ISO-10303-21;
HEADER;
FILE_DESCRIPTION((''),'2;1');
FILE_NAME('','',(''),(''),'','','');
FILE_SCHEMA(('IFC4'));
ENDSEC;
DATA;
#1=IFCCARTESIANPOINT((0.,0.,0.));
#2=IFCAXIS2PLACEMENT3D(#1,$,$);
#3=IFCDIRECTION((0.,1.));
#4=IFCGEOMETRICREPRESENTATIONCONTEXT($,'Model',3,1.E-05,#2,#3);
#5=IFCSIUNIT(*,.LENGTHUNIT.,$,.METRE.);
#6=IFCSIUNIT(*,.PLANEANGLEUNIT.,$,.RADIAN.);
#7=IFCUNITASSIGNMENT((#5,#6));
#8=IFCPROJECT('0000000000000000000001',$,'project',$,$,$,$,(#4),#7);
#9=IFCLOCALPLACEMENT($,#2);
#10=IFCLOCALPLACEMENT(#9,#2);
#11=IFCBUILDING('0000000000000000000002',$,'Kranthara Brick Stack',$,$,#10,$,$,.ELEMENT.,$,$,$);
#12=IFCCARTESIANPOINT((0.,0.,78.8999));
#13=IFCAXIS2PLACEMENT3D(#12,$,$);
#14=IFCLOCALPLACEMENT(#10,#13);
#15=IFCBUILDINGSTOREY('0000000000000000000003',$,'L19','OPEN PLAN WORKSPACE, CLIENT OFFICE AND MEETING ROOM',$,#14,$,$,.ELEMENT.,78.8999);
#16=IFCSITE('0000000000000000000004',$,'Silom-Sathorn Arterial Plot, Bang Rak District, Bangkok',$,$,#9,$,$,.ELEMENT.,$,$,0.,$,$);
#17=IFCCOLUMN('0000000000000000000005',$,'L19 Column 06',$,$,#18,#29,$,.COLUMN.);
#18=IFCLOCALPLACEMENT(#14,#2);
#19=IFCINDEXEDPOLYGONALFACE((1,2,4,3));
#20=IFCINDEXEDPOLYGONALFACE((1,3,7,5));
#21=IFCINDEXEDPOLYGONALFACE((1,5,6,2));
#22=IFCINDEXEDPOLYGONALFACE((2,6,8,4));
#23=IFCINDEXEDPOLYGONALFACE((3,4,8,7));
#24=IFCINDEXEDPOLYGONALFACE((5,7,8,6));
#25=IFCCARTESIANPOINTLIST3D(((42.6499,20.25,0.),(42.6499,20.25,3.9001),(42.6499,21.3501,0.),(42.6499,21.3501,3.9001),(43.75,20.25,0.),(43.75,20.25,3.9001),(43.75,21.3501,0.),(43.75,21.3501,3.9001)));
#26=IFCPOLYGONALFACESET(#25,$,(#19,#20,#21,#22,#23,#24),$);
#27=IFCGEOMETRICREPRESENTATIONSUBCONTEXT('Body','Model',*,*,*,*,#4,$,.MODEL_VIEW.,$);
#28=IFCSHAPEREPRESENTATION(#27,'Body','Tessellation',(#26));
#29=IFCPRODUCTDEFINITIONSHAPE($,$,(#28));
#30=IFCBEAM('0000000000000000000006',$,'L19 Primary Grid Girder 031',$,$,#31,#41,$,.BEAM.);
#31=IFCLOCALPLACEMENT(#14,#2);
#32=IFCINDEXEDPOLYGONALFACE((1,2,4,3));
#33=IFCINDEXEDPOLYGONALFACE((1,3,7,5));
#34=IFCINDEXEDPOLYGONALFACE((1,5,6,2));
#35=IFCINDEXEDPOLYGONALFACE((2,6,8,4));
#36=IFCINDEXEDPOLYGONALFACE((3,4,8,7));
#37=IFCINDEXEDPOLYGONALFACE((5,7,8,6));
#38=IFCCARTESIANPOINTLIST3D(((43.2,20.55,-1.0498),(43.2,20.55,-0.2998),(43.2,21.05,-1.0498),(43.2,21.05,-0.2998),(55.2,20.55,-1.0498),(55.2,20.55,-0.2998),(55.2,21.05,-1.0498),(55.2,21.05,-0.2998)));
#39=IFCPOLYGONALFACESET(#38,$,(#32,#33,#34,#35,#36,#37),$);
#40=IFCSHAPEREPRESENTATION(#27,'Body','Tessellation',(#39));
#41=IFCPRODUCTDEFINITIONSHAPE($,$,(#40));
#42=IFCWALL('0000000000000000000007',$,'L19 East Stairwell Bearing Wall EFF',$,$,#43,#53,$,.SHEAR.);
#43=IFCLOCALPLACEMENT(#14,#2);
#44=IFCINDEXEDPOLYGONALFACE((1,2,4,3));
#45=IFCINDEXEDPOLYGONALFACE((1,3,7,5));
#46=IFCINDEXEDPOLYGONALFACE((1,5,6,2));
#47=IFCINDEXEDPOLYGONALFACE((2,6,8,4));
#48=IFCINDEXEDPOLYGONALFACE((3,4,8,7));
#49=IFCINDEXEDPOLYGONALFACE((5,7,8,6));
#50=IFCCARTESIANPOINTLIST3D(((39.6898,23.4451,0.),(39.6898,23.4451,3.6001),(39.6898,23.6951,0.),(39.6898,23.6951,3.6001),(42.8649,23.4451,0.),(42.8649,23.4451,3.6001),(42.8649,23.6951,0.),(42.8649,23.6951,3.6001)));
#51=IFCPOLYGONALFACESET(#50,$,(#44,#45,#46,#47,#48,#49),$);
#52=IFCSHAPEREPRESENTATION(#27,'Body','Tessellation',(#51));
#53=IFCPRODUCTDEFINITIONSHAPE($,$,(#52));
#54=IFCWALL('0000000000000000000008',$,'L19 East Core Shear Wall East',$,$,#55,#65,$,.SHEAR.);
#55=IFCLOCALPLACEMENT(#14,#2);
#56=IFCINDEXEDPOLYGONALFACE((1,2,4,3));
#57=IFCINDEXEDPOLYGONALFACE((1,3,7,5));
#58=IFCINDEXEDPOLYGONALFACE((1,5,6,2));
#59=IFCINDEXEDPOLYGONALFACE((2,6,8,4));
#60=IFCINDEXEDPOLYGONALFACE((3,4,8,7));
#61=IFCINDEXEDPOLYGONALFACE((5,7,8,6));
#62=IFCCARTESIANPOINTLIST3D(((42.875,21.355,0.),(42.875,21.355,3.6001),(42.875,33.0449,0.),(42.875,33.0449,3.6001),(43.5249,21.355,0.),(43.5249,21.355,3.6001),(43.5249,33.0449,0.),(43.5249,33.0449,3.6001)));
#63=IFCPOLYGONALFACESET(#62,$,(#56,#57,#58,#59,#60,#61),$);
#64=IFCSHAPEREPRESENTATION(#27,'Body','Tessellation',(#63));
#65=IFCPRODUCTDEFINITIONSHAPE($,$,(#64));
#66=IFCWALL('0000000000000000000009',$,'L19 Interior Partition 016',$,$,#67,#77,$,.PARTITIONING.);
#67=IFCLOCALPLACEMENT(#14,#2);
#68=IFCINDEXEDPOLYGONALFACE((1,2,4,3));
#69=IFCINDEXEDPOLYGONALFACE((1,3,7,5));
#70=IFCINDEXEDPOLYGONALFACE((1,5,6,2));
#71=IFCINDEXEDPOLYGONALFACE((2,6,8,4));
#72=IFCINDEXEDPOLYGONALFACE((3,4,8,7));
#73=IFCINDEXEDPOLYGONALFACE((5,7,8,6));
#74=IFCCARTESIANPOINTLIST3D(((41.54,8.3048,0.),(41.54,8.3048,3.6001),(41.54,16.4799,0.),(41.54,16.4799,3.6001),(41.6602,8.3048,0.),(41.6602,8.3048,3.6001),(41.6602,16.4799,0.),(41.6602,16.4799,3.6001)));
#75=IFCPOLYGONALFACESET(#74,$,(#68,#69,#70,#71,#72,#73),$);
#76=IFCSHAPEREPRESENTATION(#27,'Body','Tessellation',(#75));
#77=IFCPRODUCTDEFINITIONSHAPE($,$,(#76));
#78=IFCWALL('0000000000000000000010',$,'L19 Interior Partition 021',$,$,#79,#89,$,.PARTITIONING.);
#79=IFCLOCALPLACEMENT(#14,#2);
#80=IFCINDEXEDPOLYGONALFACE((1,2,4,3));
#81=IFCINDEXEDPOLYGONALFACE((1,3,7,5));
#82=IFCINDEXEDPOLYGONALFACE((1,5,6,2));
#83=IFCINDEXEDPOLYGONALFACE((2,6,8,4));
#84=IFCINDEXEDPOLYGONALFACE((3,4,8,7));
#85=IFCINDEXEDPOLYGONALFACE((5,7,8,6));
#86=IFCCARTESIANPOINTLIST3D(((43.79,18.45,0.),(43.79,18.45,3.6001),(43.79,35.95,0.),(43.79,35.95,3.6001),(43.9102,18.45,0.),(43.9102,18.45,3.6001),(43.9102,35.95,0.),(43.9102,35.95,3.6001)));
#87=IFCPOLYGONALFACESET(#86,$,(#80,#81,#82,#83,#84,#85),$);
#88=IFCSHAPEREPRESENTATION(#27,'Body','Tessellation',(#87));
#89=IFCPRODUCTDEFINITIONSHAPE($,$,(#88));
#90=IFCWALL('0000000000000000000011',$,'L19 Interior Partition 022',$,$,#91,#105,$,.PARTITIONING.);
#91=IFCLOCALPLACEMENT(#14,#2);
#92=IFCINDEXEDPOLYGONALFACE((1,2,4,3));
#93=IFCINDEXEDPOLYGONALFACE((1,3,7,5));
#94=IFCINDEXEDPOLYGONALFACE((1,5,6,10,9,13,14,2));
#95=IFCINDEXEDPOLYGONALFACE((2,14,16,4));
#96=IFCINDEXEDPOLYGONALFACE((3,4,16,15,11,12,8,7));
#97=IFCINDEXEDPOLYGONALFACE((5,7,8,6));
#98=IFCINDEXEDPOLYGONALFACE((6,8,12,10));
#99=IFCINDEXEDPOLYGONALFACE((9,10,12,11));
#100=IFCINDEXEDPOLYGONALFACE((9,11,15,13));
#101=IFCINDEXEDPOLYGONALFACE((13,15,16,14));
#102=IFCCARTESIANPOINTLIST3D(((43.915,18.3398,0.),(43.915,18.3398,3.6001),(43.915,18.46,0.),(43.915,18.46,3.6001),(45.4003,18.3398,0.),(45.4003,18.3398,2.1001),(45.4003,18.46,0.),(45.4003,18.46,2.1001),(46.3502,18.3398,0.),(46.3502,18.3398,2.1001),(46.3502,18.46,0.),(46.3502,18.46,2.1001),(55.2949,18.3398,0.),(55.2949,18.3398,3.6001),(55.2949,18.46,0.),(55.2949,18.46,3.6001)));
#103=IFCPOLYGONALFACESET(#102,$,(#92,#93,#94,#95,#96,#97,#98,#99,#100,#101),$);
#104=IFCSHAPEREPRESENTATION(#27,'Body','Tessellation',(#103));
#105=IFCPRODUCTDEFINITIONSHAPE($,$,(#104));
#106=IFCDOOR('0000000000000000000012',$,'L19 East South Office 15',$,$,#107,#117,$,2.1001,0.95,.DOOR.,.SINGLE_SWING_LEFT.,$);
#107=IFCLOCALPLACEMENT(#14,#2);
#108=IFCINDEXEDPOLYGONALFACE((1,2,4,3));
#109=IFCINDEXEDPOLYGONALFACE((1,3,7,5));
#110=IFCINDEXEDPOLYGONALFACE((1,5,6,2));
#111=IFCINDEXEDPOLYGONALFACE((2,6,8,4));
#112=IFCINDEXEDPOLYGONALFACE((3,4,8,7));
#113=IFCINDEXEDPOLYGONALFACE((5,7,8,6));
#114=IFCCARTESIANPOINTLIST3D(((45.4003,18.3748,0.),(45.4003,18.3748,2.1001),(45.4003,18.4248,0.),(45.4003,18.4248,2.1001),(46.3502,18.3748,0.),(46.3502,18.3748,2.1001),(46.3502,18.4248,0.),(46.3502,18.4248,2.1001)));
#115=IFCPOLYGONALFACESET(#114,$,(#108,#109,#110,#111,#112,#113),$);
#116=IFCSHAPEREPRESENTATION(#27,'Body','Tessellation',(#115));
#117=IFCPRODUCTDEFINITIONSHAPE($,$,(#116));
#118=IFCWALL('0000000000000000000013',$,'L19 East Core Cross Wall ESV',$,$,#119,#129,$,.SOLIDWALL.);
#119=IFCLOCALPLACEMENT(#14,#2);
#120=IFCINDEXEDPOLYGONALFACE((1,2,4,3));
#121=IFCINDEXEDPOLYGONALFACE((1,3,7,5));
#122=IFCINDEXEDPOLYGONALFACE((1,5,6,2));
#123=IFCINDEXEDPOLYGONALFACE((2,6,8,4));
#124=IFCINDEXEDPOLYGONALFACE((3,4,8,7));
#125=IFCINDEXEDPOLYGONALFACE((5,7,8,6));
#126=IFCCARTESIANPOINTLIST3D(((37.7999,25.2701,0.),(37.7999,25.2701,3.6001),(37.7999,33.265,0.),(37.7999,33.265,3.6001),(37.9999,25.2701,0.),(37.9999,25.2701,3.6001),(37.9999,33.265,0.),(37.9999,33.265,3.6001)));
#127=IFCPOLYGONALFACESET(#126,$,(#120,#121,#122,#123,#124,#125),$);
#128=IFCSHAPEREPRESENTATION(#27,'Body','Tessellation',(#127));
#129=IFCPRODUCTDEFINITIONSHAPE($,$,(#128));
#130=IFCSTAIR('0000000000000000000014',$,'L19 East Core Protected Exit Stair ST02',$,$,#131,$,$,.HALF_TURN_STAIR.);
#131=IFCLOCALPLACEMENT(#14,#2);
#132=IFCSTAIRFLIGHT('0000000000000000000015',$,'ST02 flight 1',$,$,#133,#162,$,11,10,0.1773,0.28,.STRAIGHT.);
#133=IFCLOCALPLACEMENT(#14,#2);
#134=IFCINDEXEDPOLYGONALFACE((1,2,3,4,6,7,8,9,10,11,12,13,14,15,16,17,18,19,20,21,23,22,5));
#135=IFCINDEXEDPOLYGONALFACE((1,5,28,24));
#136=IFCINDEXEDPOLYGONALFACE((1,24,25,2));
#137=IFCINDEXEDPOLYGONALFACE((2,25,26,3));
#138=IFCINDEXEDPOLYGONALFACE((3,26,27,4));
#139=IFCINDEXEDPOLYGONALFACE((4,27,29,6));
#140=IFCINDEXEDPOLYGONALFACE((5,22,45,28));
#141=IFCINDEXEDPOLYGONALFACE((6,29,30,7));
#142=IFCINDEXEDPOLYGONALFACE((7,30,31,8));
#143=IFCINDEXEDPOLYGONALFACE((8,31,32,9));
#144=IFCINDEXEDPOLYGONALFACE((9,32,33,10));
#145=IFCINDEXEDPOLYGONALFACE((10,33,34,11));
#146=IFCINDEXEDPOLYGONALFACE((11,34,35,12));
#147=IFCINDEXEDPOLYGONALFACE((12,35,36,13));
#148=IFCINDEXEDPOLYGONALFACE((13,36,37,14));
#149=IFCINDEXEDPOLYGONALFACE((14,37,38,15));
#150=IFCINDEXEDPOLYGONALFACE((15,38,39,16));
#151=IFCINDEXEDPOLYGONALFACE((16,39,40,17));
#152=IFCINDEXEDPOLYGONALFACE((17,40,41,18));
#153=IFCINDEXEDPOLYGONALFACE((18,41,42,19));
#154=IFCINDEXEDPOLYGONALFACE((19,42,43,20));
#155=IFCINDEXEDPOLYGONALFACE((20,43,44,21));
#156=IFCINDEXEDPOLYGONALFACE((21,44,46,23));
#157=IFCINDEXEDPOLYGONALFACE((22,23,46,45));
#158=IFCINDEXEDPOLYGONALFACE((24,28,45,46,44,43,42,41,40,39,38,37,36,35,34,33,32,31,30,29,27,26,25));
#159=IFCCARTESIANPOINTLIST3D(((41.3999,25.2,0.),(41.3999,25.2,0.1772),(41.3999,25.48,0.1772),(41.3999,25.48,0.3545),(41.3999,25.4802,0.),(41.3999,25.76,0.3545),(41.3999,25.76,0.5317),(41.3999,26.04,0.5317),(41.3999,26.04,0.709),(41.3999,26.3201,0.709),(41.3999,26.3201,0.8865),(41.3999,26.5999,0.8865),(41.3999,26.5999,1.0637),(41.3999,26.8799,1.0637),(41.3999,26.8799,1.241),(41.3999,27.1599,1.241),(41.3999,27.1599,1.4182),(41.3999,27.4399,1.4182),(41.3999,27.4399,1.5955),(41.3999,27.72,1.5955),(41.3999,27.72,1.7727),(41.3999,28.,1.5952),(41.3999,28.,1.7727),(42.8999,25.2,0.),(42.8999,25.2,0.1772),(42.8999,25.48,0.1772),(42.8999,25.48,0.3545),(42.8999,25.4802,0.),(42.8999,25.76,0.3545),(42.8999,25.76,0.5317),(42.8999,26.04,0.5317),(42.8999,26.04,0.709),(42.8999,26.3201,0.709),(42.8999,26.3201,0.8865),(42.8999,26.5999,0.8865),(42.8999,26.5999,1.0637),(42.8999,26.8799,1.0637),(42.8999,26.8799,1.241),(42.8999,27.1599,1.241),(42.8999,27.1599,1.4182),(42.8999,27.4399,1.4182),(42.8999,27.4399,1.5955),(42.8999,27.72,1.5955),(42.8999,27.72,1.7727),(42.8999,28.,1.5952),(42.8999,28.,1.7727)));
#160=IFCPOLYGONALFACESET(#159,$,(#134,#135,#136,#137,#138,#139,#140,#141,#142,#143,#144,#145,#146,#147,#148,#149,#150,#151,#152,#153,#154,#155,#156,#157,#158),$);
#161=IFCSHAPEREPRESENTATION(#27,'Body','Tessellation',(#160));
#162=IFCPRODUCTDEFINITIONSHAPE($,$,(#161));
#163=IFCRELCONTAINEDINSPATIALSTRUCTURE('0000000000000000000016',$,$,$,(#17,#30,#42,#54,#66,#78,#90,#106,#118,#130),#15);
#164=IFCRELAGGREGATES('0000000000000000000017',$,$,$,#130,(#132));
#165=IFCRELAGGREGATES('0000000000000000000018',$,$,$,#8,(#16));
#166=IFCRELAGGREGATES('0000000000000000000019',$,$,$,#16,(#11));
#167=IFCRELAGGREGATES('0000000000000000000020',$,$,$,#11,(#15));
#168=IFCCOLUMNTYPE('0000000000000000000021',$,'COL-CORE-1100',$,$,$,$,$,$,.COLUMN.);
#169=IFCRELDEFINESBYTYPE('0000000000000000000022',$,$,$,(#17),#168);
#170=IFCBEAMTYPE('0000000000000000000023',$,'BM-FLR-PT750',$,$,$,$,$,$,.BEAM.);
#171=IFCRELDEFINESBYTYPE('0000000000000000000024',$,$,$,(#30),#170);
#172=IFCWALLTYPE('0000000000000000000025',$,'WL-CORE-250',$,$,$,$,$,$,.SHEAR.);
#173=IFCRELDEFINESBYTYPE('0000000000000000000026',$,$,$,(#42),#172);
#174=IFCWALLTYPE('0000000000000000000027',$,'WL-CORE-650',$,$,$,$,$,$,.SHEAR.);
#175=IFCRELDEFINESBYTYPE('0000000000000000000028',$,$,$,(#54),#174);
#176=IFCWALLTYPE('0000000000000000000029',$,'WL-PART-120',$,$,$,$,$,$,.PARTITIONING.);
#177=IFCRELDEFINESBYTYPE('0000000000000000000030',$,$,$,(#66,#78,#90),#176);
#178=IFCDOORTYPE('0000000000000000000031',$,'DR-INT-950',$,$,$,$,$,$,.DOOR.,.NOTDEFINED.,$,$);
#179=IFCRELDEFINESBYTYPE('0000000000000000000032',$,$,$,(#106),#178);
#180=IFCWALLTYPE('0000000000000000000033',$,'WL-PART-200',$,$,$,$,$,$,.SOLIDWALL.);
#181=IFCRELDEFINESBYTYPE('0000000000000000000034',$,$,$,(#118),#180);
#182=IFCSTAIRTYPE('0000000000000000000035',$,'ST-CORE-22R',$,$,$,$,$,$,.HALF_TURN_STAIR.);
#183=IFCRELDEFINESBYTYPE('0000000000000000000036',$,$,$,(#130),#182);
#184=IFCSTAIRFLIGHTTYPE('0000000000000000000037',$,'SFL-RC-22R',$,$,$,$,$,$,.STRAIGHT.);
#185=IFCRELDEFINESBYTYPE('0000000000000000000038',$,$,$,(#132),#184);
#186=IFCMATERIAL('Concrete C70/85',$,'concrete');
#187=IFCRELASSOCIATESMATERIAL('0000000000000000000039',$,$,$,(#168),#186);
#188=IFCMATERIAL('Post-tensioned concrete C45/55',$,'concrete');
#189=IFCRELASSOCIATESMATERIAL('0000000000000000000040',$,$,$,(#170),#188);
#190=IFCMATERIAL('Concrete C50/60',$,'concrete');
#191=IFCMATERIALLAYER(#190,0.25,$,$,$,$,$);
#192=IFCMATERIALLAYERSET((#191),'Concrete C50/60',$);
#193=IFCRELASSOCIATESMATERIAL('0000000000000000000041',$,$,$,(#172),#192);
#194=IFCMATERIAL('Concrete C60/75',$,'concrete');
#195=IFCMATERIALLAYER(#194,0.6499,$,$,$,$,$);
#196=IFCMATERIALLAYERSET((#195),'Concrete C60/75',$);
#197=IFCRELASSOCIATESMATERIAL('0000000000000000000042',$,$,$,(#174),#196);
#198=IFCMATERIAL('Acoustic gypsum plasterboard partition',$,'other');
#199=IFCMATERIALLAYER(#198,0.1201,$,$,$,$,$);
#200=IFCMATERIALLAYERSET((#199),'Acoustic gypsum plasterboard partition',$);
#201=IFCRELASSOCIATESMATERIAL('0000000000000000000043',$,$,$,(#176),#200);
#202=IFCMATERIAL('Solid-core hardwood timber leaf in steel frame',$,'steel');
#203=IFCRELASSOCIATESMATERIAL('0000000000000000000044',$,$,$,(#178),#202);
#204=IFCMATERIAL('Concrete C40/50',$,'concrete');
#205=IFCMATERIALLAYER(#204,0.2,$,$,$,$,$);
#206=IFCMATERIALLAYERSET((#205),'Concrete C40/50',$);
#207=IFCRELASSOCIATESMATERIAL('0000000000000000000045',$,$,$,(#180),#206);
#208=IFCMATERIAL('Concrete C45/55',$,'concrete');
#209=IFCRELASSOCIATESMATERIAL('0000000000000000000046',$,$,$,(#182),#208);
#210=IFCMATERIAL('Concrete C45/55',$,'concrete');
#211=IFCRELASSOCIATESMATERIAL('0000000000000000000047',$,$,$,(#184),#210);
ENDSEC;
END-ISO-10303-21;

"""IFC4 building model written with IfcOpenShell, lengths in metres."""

from ifc_helpers import new_model, si_unit, direction, frame, frame_2d, origin, origin_2d, place, context, subcontext, project, spatial, polyline, rectangle, outline, extrude, material, layer, layer_set, material_profile, profile_set, type_object, element, fill, aggregate, save


model = new_model("IFC4")

# Units and contexts
model_context = context("Model", 3, precision=1e-05, world=origin(), true_north=direction((0.0, 1.0)))
body_context = subcontext(model_context, "Body", "Model", "MODEL_VIEW")
ifc_project = project(units=[si_unit("LENGTHUNIT", "METRE"), si_unit("PLANEANGLEUNIT", "RADIAN")], contexts=[model_context])

# Site, building, storey
site_placement = place(None, origin())
site = spatial("IfcSite", under=ifc_project, at=site_placement, Name="Silom-Sathorn Arterial Plot, Bang Rak District, Bangkok", CompositionType="ELEMENT", RefElevation=0.0)
building_placement = place(site_placement, origin())
building = spatial("IfcBuilding", under=site, at=building_placement, Name="Kranthara Brick Stack", CompositionType="ELEMENT")
storey_placement = place(building_placement, frame((0.0, 0.0, 78.8999)))
storey = spatial("IfcBuildingStorey", under=building, at=storey_placement, Name="L19", Description="OPEN PLAN WORKSPACE, CLIENT OFFICE AND MEETING ROOM", CompositionType="ELEMENT", Elevation=78.8999)

# Column
ifc_material_1 = material(Name="Concrete C70/85", Category="concrete")
ifc_material_profile_1 = material_profile(ifc_material_1, rectangle(XDim=1.1001, YDim=1.1001, at=origin_2d()), Name="RC 1100x1100")
ifc_profile_set_1 = profile_set([ifc_material_profile_1], Name="Concrete C70/85")
column_type = type_object("IfcColumnType", Name="COL-CORE-1100", PredefinedType="COLUMN", material=ifc_profile_set_1)
column_placement = place(storey_placement, frame((43.2, 20.8, 0.0), z_axis=(0.0, 0.0, 1.0), x_axis=(1.0, 0.0, 0.0)))
element("IfcColumn", 1, at=column_placement, inside=storey, type_object=column_type, Name="L19 Column 06", PredefinedType="COLUMN", context=body_context, shape_type="SweptSolid", body=[
    extrude(rectangle(XDim=1.1001, YDim=1.1001, at=origin_2d()), origin(), (0.0, 0.0, 1.0), 3.9001),
])

# Beam
ifc_material_2 = material(Name="Post-tensioned concrete C45/55", Category="concrete")
ifc_material_profile_2 = material_profile(ifc_material_2, rectangle(XDim=0.5, YDim=0.75, at=origin_2d()), Name="PT 500x750")
ifc_profile_set_2 = profile_set([ifc_material_profile_2], Name="Post-tensioned concrete C45/55")
beam_type = type_object("IfcBeamType", Name="BM-FLR-PT750", PredefinedType="BEAM", material=ifc_profile_set_2)
beam_placement = place(storey_placement, frame((43.2, 20.8, -0.6748), z_axis=(1.0, 0.0, 0.0), x_axis=(0.0, 1.0, 0.0)))
element("IfcBeam", 2, at=beam_placement, inside=storey, type_object=beam_type, Name="L19 Primary Grid Girder 031", PredefinedType="BEAM", context=body_context, shape_type="SweptSolid", body=[
    extrude(rectangle(XDim=0.5, YDim=0.75, at=origin_2d()), origin(), (0.0, 0.0, 1.0), 12.0),
])

# Shared definitions
ifc_material_3 = material(Name="Concrete C50/60", Category="concrete")
ifc_layer_1 = layer(ifc_material_3, 0.25)
ifc_layer_set_1 = layer_set([ifc_layer_1], Name="Concrete C50/60")
wall_type_1 = type_object("IfcWallType", Name="WL-CORE-250", PredefinedType="SHEAR", material=ifc_layer_set_1)

# Walls
wall_1_placement = place(storey_placement, frame((39.6899, 23.5701, 0.0), z_axis=(0.0, 0.0, 1.0), x_axis=(1.0, 0.0, 0.0)))
element("IfcWall", 3, at=wall_1_placement, inside=storey, type_object=wall_type_1, Name="L19 East Stairwell Bearing Wall EFF", PredefinedType="SHEAR", context=body_context, shape_type="SweptSolid", body=[
    extrude(rectangle(XDim=3.175, YDim=0.25, at=frame_2d((1.5874, 0.0))), origin(), (0.0, 0.0, 1.0), 3.6001),
])
ifc_material_4 = material(Name="Concrete C60/75", Category="concrete")
ifc_layer_2 = layer(ifc_material_4, 0.6499)
ifc_layer_set_2 = layer_set([ifc_layer_2], Name="Concrete C60/75")
wall_type_2 = type_object("IfcWallType", Name="WL-CORE-650", PredefinedType="SHEAR", material=ifc_layer_set_2)
wall_2_placement = place(storey_placement, frame((43.2, 21.355, 0.0), z_axis=(0.0, 0.0, 1.0), x_axis=(0.0, 1.0, 0.0)))
element("IfcWall", 4, at=wall_2_placement, inside=storey, type_object=wall_type_2, Name="L19 East Core Shear Wall East", PredefinedType="SHEAR", context=body_context, shape_type="SweptSolid", body=[
    extrude(rectangle(XDim=11.6899, YDim=0.6499, at=frame_2d((5.845, 0.0))), origin(), (0.0, 0.0, 1.0), 3.6001),
])
ifc_material_5 = material(Name="Acoustic gypsum plasterboard partition", Category="other")
ifc_layer_3 = layer(ifc_material_5, 0.1201)
ifc_layer_set_3 = layer_set([ifc_layer_3], Name="Acoustic gypsum plasterboard partition")
wall_type_3 = type_object("IfcWallType", Name="WL-PART-120", PredefinedType="PARTITIONING", material=ifc_layer_set_3)
wall_3_placement = place(storey_placement, frame((41.6001, 8.3049, 0.0), z_axis=(0.0, 0.0, 1.0), x_axis=(0.0, 1.0, 0.0)))
element("IfcWall", 5, at=wall_3_placement, inside=storey, type_object=wall_type_3, Name="L19 Interior Partition 016", PredefinedType="PARTITIONING", context=body_context, shape_type="SweptSolid", body=[
    extrude(rectangle(XDim=8.175, YDim=0.1201, at=frame_2d((4.0874, 0.0))), origin(), (0.0, 0.0, 1.0), 3.6001),
])
wall_4_placement = place(storey_placement, frame((43.8501, 18.45, 0.0), z_axis=(0.0, 0.0, 1.0), x_axis=(0.0, 1.0, 0.0)))
element("IfcWall", 6, at=wall_4_placement, inside=storey, type_object=wall_type_3, Name="L19 Interior Partition 021", PredefinedType="PARTITIONING", context=body_context, shape_type="SweptSolid", body=[
    extrude(rectangle(XDim=17.5, YDim=0.1201, at=frame_2d((8.75, 0.0))), origin(), (0.0, 0.0, 1.0), 3.6001),
])

# Wall, opening, door
wall_5_placement = place(storey_placement, frame((43.915, 18.3999, 0.0), z_axis=(0.0, 0.0, 1.0), x_axis=(1.0, 0.0, 0.0)))
wall_5 = element("IfcWall", 7, at=wall_5_placement, inside=storey, type_object=wall_type_3, Name="L19 Interior Partition 022", PredefinedType="PARTITIONING", context=body_context, shape_type="SweptSolid", body=[
    extrude(rectangle(XDim=11.3799, YDim=0.1201, at=frame_2d((5.6899, 0.0))), origin(), (0.0, 0.0, 1.0), 3.6001),
])
opening_1_placement = place(wall_5_placement, frame((1.4851, 0.0, 0.0)))
opening_1 = element("IfcOpeningElement", 8, at=opening_1_placement, cuts=wall_5, PredefinedType="OPENING", context=body_context, shape_type="SweptSolid", body=[
    extrude(rectangle(XDim=0.95, YDim=2.1001, at=frame_2d((0.4751, 1.05))), frame((0.0, 0.0701, 0.0), z_axis=(0.0, -1.0, 0.0), x_axis=(1.0, 0.0, 0.0)), (0.0, 0.0, 1.0), 0.1401),
])
ifc_material_6 = material(Name="Solid-core hardwood timber leaf in steel frame", Category="steel")
door_type_1 = type_object("IfcDoorType", Name="DR-INT-950", OperationType="NOTDEFINED", PredefinedType="DOOR", material=ifc_material_6)
door_1_placement = place(opening_1_placement, origin())
door_1 = element("IfcDoor", 9, at=door_1_placement, inside=storey, type_object=door_type_1, Name="L19 East South Office 15", OperationType="SINGLE_SWING_LEFT", OverallHeight=2.1001, OverallWidth=0.95, PredefinedType="DOOR", context=body_context, shape_type="SweptSolid", body=[
    extrude(rectangle(XDim=0.95, YDim=2.1001, at=frame_2d((0.4751, 1.05))), frame((0.0, 0.0249, 0.0), z_axis=(0.0, -1.0, 0.0), x_axis=(1.0, 0.0, 0.0)), (0.0, 0.0, 1.0), 0.05),
])
fill(opening_1, door_1)

# Wall
ifc_material_7 = material(Name="Concrete C40/50", Category="concrete")
ifc_layer_4 = layer(ifc_material_7, 0.2)
ifc_layer_set_4 = layer_set([ifc_layer_4], Name="Concrete C40/50")
wall_type_4 = type_object("IfcWallType", Name="WL-PART-200", PredefinedType="SOLIDWALL", material=ifc_layer_set_4)
wall_6_placement = place(storey_placement, frame((37.8999, 25.27, 0.0), z_axis=(0.0, 0.0, 1.0), x_axis=(0.0, 1.0, 0.0)))
element("IfcWall", 10, at=wall_6_placement, inside=storey, type_object=wall_type_4, Name="L19 East Core Cross Wall ESV", PredefinedType="SOLIDWALL", context=body_context, shape_type="SweptSolid", body=[
    extrude(rectangle(XDim=7.9949, YDim=0.2, at=frame_2d((3.9976, 0.0))), origin(), (0.0, 0.0, 1.0), 3.6001),
])

# Stair, stair flight
ifc_material_8 = material(Name="Concrete C45/55", Category="concrete")
stair_type = type_object("IfcStairType", Name="ST-CORE-22R", PredefinedType="HALF_TURN_STAIR", material=ifc_material_8)
stair_placement = place(storey_placement, origin())
stair = element("IfcStair", 11, at=stair_placement, inside=storey, type_object=stair_type, Name="L19 East Core Protected Exit Stair ST02", PredefinedType="HALF_TURN_STAIR")
ifc_material_9 = material(Name="Concrete C45/55", Category="concrete")
stair_flight_type = type_object("IfcStairFlightType", Name="SFL-RC-22R", PredefinedType="STRAIGHT", material=ifc_material_9)
stair_flight_placement = place(storey_placement, frame((42.1499, 25.2, 0.0), z_axis=(0.0, 0.0, 1.0), x_axis=(0.0, 1.0, 0.0)))
stair_flight = element("IfcStairFlight", 12, at=stair_flight_placement, type_object=stair_flight_type, Name="ST02 flight 1", NumberOfRisers=11, NumberOfTreads=10, PredefinedType="STRAIGHT", RiserHeight=0.1773, TreadLength=0.28, context=body_context, shape_type="SweptSolid", body=[
    extrude(outline(polyline([(0.0, 0.0), (0.0, 0.1772), (0.28, 0.1772), (0.28, 0.3545), (0.5601, 0.3545), (0.5601, 0.5317), (0.8401, 0.5317), (0.8401, 0.709), (1.1201, 0.709), (1.1201, 0.8865), (1.3999, 0.8865), (1.3999, 1.0637), (1.6799, 1.0637), (1.6799, 1.241), (1.96, 1.241), (1.96, 1.4182), (2.24, 1.4182), (2.24, 1.5955), (2.52, 1.5955), (2.52, 1.7727), (2.8, 1.7727), (2.8, 1.95), (2.8, 1.5952), (0.2803, 0.0), (0.0, 0.0)])), frame((0.0, 0.75, 0.0), z_axis=(0.0, -1.0, 0.0), x_axis=(1.0, 0.0, 0.0)), (0.0, 0.0, 1.0), 1.5),
])
aggregate(stair, [stair_flight])

save(model, "model.ifc")
